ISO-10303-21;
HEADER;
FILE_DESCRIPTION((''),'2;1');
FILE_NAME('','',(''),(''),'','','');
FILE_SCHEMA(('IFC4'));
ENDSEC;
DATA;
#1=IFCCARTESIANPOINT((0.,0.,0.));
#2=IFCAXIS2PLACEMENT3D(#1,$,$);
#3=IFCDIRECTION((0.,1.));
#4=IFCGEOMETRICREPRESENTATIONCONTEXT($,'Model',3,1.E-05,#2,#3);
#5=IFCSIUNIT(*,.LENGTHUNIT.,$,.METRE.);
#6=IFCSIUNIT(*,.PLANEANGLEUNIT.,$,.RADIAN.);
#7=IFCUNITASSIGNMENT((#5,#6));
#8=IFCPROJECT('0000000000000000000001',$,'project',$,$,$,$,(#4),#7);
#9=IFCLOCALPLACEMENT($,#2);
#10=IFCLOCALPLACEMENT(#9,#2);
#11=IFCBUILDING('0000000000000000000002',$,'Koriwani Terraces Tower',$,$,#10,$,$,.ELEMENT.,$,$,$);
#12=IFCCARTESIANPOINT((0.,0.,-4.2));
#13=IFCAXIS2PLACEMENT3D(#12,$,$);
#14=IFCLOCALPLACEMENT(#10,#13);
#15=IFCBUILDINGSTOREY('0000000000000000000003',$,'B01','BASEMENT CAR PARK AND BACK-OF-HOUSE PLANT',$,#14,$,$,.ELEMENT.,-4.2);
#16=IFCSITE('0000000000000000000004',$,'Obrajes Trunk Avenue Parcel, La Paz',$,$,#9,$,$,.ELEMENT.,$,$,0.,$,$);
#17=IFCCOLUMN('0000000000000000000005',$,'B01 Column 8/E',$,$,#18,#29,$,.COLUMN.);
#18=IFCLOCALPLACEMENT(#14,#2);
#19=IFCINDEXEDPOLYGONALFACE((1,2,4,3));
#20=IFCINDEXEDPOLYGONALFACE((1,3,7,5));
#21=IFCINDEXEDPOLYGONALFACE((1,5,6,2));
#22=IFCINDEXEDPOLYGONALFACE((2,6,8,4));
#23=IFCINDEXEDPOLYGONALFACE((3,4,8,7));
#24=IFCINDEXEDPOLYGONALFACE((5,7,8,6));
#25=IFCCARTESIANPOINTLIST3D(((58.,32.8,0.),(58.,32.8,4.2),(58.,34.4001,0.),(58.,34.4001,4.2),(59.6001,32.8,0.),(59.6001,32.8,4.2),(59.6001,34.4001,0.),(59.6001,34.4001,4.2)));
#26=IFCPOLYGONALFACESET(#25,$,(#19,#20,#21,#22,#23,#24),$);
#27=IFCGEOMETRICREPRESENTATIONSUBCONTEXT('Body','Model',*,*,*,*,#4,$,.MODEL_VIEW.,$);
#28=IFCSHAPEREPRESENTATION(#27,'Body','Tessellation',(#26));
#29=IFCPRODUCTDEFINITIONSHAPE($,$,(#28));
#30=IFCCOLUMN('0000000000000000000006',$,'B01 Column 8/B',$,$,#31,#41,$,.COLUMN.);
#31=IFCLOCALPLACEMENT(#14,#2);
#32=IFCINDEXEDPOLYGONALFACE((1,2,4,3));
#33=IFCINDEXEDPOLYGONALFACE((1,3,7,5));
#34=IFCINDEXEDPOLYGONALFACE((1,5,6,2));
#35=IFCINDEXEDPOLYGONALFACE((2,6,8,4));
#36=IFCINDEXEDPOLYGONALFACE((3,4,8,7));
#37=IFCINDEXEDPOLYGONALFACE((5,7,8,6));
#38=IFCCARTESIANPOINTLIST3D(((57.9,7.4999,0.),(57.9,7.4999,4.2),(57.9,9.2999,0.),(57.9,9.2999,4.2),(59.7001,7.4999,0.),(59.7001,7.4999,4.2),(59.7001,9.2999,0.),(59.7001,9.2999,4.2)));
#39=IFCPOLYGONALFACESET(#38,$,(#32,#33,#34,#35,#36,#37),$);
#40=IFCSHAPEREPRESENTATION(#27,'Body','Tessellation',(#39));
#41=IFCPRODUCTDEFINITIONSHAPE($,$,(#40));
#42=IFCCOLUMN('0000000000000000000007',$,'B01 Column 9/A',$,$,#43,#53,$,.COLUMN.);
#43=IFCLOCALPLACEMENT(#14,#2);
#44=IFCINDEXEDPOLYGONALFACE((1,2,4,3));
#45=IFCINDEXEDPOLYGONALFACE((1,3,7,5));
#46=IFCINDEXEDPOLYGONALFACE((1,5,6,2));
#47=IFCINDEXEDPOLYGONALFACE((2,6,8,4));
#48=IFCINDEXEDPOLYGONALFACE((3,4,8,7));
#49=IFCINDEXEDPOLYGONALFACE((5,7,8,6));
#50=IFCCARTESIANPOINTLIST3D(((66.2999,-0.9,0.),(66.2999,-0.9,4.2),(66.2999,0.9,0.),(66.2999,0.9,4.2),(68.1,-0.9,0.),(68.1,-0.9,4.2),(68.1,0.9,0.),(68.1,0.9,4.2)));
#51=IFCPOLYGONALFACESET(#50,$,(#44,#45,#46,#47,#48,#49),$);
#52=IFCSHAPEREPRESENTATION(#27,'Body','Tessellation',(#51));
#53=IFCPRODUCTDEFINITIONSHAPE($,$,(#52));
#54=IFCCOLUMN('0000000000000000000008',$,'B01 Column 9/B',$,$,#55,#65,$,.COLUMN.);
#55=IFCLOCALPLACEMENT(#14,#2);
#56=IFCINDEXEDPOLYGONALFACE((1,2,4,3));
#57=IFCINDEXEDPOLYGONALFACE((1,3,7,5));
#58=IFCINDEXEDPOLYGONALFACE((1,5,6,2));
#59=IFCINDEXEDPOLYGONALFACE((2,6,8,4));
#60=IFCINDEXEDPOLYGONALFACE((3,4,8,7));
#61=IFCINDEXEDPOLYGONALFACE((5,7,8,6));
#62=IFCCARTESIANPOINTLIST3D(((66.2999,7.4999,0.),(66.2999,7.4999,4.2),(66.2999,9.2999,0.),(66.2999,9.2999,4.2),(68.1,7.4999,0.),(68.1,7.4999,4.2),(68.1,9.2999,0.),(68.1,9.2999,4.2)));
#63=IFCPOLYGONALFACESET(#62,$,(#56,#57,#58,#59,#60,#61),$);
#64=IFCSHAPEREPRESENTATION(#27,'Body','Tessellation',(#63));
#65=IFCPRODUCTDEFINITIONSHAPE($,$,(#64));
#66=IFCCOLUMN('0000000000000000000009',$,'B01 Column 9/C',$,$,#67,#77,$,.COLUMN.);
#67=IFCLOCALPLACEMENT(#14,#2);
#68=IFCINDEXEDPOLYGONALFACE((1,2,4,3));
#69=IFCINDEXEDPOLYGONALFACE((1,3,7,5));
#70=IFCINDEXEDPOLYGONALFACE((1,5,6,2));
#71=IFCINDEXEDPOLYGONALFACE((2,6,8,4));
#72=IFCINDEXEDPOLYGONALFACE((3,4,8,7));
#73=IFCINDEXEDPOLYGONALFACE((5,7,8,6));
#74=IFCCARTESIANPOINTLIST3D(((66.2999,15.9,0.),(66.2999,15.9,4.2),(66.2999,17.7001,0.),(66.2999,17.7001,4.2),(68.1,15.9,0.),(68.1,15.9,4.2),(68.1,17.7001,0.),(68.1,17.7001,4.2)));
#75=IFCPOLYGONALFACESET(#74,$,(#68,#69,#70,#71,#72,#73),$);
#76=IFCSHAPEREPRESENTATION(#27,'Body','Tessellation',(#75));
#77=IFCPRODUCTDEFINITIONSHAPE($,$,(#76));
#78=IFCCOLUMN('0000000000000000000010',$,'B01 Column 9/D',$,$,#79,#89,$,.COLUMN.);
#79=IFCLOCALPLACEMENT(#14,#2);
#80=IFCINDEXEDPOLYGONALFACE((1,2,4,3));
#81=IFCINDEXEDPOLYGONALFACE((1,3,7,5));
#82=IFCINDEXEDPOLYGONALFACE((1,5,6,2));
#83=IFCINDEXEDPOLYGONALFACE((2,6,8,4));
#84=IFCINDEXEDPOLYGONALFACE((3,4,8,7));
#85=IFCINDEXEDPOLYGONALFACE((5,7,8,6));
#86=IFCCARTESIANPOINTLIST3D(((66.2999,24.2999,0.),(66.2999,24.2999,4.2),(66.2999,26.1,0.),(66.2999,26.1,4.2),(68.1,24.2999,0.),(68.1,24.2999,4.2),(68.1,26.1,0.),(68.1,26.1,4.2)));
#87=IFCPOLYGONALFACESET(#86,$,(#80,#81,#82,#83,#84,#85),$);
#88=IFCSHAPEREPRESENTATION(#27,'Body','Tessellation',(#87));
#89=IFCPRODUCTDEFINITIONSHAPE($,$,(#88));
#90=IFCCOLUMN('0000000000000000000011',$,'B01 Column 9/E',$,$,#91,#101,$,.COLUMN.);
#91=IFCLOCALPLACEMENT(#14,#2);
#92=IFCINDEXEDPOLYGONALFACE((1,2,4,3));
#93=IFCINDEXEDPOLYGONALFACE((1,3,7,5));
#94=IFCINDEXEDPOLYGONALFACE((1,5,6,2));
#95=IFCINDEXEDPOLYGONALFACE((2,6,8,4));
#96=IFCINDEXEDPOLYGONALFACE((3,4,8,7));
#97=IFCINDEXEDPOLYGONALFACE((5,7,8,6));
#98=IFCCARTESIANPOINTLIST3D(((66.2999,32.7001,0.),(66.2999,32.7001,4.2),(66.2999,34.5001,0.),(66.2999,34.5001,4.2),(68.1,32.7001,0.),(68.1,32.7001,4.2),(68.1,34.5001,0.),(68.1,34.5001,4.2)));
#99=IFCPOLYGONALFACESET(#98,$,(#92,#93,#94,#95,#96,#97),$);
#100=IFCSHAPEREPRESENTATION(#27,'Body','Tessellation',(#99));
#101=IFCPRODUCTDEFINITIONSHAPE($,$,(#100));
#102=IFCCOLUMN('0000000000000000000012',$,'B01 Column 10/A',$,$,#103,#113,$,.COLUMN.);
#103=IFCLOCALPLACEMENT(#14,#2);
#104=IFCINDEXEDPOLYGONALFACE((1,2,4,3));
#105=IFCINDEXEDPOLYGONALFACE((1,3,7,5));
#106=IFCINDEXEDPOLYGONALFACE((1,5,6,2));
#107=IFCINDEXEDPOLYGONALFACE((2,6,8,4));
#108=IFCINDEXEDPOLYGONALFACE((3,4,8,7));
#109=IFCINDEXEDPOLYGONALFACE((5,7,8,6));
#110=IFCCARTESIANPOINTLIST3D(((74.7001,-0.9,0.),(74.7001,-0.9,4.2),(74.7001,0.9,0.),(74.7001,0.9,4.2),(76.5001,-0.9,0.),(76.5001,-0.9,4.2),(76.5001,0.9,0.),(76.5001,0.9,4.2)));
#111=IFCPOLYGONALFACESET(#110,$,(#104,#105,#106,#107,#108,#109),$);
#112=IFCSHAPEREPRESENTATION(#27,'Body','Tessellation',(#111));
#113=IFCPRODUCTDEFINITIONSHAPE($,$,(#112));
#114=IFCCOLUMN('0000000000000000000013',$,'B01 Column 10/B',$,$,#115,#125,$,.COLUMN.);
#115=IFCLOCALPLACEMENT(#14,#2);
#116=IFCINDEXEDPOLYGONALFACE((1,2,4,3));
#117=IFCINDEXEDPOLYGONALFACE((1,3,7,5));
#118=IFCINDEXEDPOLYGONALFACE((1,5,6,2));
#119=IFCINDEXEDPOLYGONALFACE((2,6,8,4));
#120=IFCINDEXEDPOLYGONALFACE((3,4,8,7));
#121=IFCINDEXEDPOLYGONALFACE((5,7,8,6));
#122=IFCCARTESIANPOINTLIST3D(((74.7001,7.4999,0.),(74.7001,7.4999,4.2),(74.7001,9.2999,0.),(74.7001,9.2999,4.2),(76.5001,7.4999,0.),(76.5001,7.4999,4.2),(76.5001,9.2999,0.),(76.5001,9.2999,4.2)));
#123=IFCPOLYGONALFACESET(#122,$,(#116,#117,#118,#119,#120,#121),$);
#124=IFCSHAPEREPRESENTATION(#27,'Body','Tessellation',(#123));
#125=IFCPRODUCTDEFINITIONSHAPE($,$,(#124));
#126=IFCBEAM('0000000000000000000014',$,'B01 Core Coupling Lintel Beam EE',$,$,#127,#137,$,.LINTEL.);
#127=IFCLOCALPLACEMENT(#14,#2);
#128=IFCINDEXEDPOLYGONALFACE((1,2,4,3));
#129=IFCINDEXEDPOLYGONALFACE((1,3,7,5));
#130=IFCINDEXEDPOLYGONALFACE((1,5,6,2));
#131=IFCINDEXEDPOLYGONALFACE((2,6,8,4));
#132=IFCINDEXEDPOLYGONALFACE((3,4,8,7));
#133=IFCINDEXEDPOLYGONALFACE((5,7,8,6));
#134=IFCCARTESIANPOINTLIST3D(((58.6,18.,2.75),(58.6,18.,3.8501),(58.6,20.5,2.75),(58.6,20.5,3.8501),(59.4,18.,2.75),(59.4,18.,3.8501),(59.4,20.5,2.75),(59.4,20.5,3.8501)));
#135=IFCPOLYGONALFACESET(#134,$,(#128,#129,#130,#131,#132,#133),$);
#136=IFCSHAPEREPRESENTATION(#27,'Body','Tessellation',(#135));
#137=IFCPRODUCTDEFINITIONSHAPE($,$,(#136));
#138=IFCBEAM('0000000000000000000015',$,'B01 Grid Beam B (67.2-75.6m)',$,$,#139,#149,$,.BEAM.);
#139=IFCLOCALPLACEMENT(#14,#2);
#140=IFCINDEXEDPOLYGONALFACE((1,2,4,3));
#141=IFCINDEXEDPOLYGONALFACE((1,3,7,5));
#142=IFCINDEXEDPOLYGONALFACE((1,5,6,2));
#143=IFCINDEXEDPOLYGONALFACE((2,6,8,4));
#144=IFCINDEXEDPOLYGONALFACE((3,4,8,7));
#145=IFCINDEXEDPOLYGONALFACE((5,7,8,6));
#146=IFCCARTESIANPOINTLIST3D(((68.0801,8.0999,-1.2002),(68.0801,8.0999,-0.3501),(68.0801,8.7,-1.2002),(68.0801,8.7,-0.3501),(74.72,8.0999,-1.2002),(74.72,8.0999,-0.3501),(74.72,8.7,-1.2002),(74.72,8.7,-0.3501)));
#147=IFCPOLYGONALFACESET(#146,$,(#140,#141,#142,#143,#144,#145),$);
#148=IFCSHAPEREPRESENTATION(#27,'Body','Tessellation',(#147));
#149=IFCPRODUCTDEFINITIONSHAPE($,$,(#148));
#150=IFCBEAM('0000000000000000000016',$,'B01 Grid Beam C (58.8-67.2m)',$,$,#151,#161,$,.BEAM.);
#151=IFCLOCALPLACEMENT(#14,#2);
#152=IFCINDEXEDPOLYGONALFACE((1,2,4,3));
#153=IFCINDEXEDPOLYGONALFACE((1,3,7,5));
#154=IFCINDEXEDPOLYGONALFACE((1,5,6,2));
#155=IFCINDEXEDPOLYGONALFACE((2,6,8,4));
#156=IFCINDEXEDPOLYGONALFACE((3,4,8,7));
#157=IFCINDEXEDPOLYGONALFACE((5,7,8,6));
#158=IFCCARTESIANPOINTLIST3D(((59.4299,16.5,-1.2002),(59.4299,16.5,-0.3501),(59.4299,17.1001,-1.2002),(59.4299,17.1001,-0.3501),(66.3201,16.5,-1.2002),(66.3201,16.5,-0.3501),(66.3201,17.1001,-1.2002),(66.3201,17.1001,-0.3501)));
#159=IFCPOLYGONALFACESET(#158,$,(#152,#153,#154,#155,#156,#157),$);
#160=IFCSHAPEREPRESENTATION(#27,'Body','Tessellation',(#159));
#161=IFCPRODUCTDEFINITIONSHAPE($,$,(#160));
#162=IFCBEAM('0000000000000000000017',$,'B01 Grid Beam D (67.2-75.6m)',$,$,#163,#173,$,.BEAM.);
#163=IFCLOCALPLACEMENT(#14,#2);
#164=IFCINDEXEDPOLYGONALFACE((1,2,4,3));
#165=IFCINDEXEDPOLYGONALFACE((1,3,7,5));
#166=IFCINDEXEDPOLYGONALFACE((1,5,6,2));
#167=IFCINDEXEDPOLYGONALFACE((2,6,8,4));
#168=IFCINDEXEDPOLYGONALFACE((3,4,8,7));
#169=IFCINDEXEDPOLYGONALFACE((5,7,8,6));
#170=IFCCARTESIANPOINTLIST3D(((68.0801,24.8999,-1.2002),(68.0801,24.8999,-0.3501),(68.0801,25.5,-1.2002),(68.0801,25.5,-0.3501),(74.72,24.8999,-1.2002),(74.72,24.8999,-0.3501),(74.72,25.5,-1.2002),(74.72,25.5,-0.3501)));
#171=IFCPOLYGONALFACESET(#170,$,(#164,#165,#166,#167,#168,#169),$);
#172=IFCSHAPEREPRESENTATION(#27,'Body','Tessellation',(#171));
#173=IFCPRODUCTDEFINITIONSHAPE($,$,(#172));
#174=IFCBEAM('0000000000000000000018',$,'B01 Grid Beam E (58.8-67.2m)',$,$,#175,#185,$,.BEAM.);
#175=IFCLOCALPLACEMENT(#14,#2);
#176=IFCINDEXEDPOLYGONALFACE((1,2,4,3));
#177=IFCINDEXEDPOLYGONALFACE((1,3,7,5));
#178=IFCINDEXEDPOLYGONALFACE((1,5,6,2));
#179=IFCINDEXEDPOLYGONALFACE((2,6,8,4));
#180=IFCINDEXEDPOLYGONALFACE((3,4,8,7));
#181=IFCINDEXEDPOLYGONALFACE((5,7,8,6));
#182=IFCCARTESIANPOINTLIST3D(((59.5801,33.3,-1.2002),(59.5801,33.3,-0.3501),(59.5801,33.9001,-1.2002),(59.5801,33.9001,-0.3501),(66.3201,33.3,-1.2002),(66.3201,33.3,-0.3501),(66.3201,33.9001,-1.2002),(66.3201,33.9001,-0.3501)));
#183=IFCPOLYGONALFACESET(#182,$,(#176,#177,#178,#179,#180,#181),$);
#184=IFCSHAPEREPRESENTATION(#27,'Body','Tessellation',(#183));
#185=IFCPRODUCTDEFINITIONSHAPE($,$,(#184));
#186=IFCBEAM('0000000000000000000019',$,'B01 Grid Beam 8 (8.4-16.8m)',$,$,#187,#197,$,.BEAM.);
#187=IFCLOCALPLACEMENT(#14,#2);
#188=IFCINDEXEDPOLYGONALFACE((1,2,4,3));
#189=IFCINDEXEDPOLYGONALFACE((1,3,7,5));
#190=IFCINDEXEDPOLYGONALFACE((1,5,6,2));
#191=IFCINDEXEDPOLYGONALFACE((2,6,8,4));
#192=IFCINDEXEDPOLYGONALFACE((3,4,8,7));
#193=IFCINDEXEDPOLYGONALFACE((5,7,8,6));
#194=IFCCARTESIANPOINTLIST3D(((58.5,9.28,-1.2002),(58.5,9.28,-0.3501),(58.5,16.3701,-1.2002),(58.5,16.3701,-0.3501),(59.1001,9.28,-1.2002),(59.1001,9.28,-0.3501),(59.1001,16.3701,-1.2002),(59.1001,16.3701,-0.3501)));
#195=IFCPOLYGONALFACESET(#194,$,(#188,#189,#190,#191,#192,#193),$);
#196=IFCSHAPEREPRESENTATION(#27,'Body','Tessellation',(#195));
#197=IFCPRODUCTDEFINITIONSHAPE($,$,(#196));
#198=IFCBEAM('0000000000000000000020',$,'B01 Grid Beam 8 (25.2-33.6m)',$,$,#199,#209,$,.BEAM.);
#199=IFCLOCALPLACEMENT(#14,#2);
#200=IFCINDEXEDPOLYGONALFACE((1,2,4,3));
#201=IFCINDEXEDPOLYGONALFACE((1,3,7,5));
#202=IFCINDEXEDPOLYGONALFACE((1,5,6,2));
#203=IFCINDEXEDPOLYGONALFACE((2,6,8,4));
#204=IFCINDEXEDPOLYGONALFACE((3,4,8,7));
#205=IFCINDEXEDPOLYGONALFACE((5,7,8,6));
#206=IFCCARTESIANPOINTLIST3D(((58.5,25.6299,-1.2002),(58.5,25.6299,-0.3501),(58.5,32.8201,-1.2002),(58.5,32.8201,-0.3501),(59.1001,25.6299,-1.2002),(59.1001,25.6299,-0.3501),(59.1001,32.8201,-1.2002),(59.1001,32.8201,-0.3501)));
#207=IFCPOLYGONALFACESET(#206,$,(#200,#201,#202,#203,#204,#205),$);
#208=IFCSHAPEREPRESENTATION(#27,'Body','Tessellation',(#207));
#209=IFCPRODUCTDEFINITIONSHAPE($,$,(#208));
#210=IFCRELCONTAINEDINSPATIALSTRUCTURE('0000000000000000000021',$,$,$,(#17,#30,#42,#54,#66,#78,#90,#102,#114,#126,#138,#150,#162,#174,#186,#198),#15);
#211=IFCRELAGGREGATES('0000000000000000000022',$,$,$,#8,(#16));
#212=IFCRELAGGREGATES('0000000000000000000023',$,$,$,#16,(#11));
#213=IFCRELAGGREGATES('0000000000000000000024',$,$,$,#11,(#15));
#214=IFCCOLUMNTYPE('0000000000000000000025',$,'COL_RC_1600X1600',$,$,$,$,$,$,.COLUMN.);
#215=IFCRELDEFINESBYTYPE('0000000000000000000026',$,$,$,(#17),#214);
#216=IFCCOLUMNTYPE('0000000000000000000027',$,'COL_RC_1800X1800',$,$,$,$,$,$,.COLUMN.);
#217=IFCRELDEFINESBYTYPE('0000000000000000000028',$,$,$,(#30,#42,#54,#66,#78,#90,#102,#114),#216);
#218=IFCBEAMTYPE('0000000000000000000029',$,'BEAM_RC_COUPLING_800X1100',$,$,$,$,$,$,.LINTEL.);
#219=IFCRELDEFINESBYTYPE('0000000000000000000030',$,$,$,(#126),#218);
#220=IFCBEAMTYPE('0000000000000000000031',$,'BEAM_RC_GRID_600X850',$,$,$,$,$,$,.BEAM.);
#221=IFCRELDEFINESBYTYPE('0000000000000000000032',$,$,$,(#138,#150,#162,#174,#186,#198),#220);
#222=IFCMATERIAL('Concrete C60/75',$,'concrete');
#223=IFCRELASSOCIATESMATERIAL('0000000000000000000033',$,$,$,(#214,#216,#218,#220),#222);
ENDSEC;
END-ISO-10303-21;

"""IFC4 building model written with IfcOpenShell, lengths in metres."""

from ifc_helpers import new_model, si_unit, direction, frame, origin, origin_2d, place, context, subcontext, project, spatial, rectangle, extrude, material, material_profile, profile_set, type_object, element, save


model = new_model("IFC4")

# Units and contexts
model_context = context("Model", 3, precision=1e-05, world=origin(), true_north=direction((0.0, 1.0)))
body_context = subcontext(model_context, "Body", "Model", "MODEL_VIEW")
ifc_project = project(units=[si_unit("LENGTHUNIT", "METRE"), si_unit("PLANEANGLEUNIT", "RADIAN")], contexts=[model_context])

# Site, building, storey
site_placement = place(None, origin())
site = spatial("IfcSite", under=ifc_project, at=site_placement, Name="Obrajes Trunk Avenue Parcel, La Paz", CompositionType="ELEMENT", RefElevation=0.0)
building_placement = place(site_placement, origin())
building = spatial("IfcBuilding", under=site, at=building_placement, Name="Koriwani Terraces Tower", CompositionType="ELEMENT")
storey_placement = place(building_placement, frame((0.0, 0.0, -4.2)))
storey = spatial("IfcBuildingStorey", under=building, at=storey_placement, Name="B01", Description="BASEMENT CAR PARK AND BACK-OF-HOUSE PLANT", CompositionType="ELEMENT", Elevation=-4.2)

# Columns
ifc_material_1 = material(Name="Concrete C60/75", Category="concrete")
ifc_material_profile_1 = material_profile(ifc_material_1, rectangle(XDim=1.6001, YDim=1.6001, at=origin_2d()), Name="Concrete C60/75", Category="LoadBearing")
ifc_profile_set_1 = profile_set([ifc_material_profile_1], Name="Concrete C60/75")
column_type_1 = type_object("IfcColumnType", Name="COL_RC_1600X1600", PredefinedType="COLUMN", material=ifc_profile_set_1)
column_placement = place(storey_placement, frame((58.8, 33.6001, 0.0), z_axis=(0.0, 0.0, 1.0), x_axis=(1.0, 0.0, 0.0)))
element("IfcColumn", 1, at=column_placement, inside=storey, type_object=column_type_1, Name="B01 Column 8/E", PredefinedType="COLUMN", context=body_context, shape_type="SweptSolid", body=[
    extrude(rectangle(XDim=1.6001, YDim=1.6001, at=origin_2d()), origin(), (0.0, 0.0, 1.0), 4.2),
])
ifc_material_profile_2 = material_profile(ifc_material_1, rectangle(XDim=1.8, YDim=1.8, at=origin_2d()), Name="Concrete C60/75", Category="LoadBearing")
ifc_profile_set_2 = profile_set([ifc_material_profile_2], Name="Concrete C60/75")
column_type_2 = type_object("IfcColumnType", Name="COL_RC_1800X1800", PredefinedType="COLUMN", material=ifc_profile_set_2)
for number, where, z_axis, x_axis, name in (
    (2, (58.8, 8.3999, 0.0), (0.0, 0.0, 1.0), (1.0, 0.0, 0.0), "B01 Column 8/B"),
    (3, (67.2, 0.0, 0.0), (0.0, 0.0, 1.0), (1.0, 0.0, 0.0), "B01 Column 9/A"),
    (4, (67.2, 8.3999, 0.0), (0.0, 0.0, 1.0), (1.0, 0.0, 0.0), "B01 Column 9/B"),
    (5, (67.2, 16.8, 0.0), (0.0, 0.0, 1.0), (1.0, 0.0, 0.0), "B01 Column 9/C"),
    (6, (67.2, 25.2, 0.0), (0.0, 0.0, 1.0), (1.0, 0.0, 0.0), "B01 Column 9/D"),
    (7, (67.2, 33.6001, 0.0), (0.0, 0.0, 1.0), (1.0, 0.0, 0.0), "B01 Column 9/E"),
    (8, (75.6001, 0.0, 0.0), (0.0, 0.0, 1.0), (1.0, 0.0, 0.0), "B01 Column 10/A"),
    (9, (75.6001, 8.3999, 0.0), (0.0, 0.0, 1.0), (1.0, 0.0, 0.0), "B01 Column 10/B"),
):
    element("IfcColumn", number, at=place(storey_placement, frame(where, z_axis=z_axis, x_axis=x_axis)), inside=storey, type_object=column_type_2, Name=name, PredefinedType="COLUMN", context=body_context, shape_type="SweptSolid", body=[
        extrude(rectangle(XDim=1.8, YDim=1.8, at=origin_2d()), origin(), (0.0, 0.0, 1.0), 4.2),
    ])

# Beams
ifc_material_profile_3 = material_profile(ifc_material_1, rectangle(XDim=0.8, YDim=1.1001, at=origin_2d()), Name="Concrete C60/75", Category="LoadBearing")
ifc_profile_set_3 = profile_set([ifc_material_profile_3], Name="Concrete C60/75")
beam_type_1 = type_object("IfcBeamType", Name="BEAM_RC_COUPLING_800X1100", PredefinedType="LINTEL", material=ifc_profile_set_3)
beam_1_placement = place(storey_placement, frame((59.0, 18.0, 3.3), z_axis=(0.0, 1.0, 0.0), x_axis=(-1.0, 0.0, 0.0)))
element("IfcBeam", 10, at=beam_1_placement, inside=storey, type_object=beam_type_1, Name="B01 Core Coupling Lintel Beam EE", PredefinedType="LINTEL", context=body_context, shape_type="SweptSolid", body=[
    extrude(rectangle(XDim=0.8, YDim=1.1001, at=origin_2d()), origin(), (0.0, 0.0, 1.0), 2.5),
])
ifc_material_profile_4 = material_profile(ifc_material_1, rectangle(XDim=0.6001, YDim=0.8501, at=origin_2d()), Name="Concrete C60/75", Category="LoadBearing")
ifc_profile_set_4 = profile_set([ifc_material_profile_4], Name="Concrete C60/75")
beam_type_2 = type_object("IfcBeamType", Name="BEAM_RC_GRID_600X850", PredefinedType="BEAM", material=ifc_profile_set_4)
beam_2_placement = place(storey_placement, frame((68.0801, 8.3999, -0.7751), z_axis=(1.0, 0.0, 0.0), x_axis=(0.0, 1.0, 0.0)))
element("IfcBeam", 11, at=beam_2_placement, inside=storey, type_object=beam_type_2, Name="B01 Grid Beam B (67.2-75.6m)", PredefinedType="BEAM", context=body_context, shape_type="SweptSolid", body=[
    extrude(rectangle(XDim=0.6001, YDim=0.8501, at=origin_2d()), origin(), (0.0, 0.0, 1.0), 6.6399),
])
beam_3_placement = place(storey_placement, frame((59.4299, 16.8, -0.7751), z_axis=(1.0, 0.0, 0.0), x_axis=(0.0, 1.0, 0.0)))
element("IfcBeam", 12, at=beam_3_placement, inside=storey, type_object=beam_type_2, Name="B01 Grid Beam C (58.8-67.2m)", PredefinedType="BEAM", context=body_context, shape_type="SweptSolid", body=[
    extrude(rectangle(XDim=0.6001, YDim=0.8501, at=origin_2d()), origin(), (0.0, 0.0, 1.0), 6.8901),
])
beam_4_placement = place(storey_placement, frame((68.0801, 25.2, -0.7751), z_axis=(1.0, 0.0, 0.0), x_axis=(0.0, 1.0, 0.0)))
element("IfcBeam", 13, at=beam_4_placement, inside=storey, type_object=beam_type_2, Name="B01 Grid Beam D (67.2-75.6m)", PredefinedType="BEAM", context=body_context, shape_type="SweptSolid", body=[
    extrude(rectangle(XDim=0.6001, YDim=0.8501, at=origin_2d()), origin(), (0.0, 0.0, 1.0), 6.6399),
])
beam_5_placement = place(storey_placement, frame((59.5801, 33.6001, -0.7751), z_axis=(1.0, 0.0, 0.0), x_axis=(0.0, 1.0, 0.0)))
element("IfcBeam", 14, at=beam_5_placement, inside=storey, type_object=beam_type_2, Name="B01 Grid Beam E (58.8-67.2m)", PredefinedType="BEAM", context=body_context, shape_type="SweptSolid", body=[
    extrude(rectangle(XDim=0.6001, YDim=0.8501, at=origin_2d()), origin(), (0.0, 0.0, 1.0), 6.74),
])
beam_6_placement = place(storey_placement, frame((58.8, 9.28, -0.7751), z_axis=(0.0, 1.0, 0.0), x_axis=(-1.0, 0.0, 0.0)))
element("IfcBeam", 15, at=beam_6_placement, inside=storey, type_object=beam_type_2, Name="B01 Grid Beam 8 (8.4-16.8m)", PredefinedType="BEAM", context=body_context, shape_type="SweptSolid", body=[
    extrude(rectangle(XDim=0.6001, YDim=0.8501, at=origin_2d()), origin(), (0.0, 0.0, 1.0), 7.0901),
])
beam_7_placement = place(storey_placement, frame((58.8, 25.6299, -0.7751), z_axis=(0.0, 1.0, 0.0), x_axis=(-1.0, 0.0, 0.0)))
element("IfcBeam", 16, at=beam_7_placement, inside=storey, type_object=beam_type_2, Name="B01 Grid Beam 8 (25.2-33.6m)", PredefinedType="BEAM", context=body_context, shape_type="SweptSolid", body=[
    extrude(rectangle(XDim=0.6001, YDim=0.8501, at=origin_2d()), origin(), (0.0, 0.0, 1.0), 7.1902),
])

save(model, "model.ifc")
